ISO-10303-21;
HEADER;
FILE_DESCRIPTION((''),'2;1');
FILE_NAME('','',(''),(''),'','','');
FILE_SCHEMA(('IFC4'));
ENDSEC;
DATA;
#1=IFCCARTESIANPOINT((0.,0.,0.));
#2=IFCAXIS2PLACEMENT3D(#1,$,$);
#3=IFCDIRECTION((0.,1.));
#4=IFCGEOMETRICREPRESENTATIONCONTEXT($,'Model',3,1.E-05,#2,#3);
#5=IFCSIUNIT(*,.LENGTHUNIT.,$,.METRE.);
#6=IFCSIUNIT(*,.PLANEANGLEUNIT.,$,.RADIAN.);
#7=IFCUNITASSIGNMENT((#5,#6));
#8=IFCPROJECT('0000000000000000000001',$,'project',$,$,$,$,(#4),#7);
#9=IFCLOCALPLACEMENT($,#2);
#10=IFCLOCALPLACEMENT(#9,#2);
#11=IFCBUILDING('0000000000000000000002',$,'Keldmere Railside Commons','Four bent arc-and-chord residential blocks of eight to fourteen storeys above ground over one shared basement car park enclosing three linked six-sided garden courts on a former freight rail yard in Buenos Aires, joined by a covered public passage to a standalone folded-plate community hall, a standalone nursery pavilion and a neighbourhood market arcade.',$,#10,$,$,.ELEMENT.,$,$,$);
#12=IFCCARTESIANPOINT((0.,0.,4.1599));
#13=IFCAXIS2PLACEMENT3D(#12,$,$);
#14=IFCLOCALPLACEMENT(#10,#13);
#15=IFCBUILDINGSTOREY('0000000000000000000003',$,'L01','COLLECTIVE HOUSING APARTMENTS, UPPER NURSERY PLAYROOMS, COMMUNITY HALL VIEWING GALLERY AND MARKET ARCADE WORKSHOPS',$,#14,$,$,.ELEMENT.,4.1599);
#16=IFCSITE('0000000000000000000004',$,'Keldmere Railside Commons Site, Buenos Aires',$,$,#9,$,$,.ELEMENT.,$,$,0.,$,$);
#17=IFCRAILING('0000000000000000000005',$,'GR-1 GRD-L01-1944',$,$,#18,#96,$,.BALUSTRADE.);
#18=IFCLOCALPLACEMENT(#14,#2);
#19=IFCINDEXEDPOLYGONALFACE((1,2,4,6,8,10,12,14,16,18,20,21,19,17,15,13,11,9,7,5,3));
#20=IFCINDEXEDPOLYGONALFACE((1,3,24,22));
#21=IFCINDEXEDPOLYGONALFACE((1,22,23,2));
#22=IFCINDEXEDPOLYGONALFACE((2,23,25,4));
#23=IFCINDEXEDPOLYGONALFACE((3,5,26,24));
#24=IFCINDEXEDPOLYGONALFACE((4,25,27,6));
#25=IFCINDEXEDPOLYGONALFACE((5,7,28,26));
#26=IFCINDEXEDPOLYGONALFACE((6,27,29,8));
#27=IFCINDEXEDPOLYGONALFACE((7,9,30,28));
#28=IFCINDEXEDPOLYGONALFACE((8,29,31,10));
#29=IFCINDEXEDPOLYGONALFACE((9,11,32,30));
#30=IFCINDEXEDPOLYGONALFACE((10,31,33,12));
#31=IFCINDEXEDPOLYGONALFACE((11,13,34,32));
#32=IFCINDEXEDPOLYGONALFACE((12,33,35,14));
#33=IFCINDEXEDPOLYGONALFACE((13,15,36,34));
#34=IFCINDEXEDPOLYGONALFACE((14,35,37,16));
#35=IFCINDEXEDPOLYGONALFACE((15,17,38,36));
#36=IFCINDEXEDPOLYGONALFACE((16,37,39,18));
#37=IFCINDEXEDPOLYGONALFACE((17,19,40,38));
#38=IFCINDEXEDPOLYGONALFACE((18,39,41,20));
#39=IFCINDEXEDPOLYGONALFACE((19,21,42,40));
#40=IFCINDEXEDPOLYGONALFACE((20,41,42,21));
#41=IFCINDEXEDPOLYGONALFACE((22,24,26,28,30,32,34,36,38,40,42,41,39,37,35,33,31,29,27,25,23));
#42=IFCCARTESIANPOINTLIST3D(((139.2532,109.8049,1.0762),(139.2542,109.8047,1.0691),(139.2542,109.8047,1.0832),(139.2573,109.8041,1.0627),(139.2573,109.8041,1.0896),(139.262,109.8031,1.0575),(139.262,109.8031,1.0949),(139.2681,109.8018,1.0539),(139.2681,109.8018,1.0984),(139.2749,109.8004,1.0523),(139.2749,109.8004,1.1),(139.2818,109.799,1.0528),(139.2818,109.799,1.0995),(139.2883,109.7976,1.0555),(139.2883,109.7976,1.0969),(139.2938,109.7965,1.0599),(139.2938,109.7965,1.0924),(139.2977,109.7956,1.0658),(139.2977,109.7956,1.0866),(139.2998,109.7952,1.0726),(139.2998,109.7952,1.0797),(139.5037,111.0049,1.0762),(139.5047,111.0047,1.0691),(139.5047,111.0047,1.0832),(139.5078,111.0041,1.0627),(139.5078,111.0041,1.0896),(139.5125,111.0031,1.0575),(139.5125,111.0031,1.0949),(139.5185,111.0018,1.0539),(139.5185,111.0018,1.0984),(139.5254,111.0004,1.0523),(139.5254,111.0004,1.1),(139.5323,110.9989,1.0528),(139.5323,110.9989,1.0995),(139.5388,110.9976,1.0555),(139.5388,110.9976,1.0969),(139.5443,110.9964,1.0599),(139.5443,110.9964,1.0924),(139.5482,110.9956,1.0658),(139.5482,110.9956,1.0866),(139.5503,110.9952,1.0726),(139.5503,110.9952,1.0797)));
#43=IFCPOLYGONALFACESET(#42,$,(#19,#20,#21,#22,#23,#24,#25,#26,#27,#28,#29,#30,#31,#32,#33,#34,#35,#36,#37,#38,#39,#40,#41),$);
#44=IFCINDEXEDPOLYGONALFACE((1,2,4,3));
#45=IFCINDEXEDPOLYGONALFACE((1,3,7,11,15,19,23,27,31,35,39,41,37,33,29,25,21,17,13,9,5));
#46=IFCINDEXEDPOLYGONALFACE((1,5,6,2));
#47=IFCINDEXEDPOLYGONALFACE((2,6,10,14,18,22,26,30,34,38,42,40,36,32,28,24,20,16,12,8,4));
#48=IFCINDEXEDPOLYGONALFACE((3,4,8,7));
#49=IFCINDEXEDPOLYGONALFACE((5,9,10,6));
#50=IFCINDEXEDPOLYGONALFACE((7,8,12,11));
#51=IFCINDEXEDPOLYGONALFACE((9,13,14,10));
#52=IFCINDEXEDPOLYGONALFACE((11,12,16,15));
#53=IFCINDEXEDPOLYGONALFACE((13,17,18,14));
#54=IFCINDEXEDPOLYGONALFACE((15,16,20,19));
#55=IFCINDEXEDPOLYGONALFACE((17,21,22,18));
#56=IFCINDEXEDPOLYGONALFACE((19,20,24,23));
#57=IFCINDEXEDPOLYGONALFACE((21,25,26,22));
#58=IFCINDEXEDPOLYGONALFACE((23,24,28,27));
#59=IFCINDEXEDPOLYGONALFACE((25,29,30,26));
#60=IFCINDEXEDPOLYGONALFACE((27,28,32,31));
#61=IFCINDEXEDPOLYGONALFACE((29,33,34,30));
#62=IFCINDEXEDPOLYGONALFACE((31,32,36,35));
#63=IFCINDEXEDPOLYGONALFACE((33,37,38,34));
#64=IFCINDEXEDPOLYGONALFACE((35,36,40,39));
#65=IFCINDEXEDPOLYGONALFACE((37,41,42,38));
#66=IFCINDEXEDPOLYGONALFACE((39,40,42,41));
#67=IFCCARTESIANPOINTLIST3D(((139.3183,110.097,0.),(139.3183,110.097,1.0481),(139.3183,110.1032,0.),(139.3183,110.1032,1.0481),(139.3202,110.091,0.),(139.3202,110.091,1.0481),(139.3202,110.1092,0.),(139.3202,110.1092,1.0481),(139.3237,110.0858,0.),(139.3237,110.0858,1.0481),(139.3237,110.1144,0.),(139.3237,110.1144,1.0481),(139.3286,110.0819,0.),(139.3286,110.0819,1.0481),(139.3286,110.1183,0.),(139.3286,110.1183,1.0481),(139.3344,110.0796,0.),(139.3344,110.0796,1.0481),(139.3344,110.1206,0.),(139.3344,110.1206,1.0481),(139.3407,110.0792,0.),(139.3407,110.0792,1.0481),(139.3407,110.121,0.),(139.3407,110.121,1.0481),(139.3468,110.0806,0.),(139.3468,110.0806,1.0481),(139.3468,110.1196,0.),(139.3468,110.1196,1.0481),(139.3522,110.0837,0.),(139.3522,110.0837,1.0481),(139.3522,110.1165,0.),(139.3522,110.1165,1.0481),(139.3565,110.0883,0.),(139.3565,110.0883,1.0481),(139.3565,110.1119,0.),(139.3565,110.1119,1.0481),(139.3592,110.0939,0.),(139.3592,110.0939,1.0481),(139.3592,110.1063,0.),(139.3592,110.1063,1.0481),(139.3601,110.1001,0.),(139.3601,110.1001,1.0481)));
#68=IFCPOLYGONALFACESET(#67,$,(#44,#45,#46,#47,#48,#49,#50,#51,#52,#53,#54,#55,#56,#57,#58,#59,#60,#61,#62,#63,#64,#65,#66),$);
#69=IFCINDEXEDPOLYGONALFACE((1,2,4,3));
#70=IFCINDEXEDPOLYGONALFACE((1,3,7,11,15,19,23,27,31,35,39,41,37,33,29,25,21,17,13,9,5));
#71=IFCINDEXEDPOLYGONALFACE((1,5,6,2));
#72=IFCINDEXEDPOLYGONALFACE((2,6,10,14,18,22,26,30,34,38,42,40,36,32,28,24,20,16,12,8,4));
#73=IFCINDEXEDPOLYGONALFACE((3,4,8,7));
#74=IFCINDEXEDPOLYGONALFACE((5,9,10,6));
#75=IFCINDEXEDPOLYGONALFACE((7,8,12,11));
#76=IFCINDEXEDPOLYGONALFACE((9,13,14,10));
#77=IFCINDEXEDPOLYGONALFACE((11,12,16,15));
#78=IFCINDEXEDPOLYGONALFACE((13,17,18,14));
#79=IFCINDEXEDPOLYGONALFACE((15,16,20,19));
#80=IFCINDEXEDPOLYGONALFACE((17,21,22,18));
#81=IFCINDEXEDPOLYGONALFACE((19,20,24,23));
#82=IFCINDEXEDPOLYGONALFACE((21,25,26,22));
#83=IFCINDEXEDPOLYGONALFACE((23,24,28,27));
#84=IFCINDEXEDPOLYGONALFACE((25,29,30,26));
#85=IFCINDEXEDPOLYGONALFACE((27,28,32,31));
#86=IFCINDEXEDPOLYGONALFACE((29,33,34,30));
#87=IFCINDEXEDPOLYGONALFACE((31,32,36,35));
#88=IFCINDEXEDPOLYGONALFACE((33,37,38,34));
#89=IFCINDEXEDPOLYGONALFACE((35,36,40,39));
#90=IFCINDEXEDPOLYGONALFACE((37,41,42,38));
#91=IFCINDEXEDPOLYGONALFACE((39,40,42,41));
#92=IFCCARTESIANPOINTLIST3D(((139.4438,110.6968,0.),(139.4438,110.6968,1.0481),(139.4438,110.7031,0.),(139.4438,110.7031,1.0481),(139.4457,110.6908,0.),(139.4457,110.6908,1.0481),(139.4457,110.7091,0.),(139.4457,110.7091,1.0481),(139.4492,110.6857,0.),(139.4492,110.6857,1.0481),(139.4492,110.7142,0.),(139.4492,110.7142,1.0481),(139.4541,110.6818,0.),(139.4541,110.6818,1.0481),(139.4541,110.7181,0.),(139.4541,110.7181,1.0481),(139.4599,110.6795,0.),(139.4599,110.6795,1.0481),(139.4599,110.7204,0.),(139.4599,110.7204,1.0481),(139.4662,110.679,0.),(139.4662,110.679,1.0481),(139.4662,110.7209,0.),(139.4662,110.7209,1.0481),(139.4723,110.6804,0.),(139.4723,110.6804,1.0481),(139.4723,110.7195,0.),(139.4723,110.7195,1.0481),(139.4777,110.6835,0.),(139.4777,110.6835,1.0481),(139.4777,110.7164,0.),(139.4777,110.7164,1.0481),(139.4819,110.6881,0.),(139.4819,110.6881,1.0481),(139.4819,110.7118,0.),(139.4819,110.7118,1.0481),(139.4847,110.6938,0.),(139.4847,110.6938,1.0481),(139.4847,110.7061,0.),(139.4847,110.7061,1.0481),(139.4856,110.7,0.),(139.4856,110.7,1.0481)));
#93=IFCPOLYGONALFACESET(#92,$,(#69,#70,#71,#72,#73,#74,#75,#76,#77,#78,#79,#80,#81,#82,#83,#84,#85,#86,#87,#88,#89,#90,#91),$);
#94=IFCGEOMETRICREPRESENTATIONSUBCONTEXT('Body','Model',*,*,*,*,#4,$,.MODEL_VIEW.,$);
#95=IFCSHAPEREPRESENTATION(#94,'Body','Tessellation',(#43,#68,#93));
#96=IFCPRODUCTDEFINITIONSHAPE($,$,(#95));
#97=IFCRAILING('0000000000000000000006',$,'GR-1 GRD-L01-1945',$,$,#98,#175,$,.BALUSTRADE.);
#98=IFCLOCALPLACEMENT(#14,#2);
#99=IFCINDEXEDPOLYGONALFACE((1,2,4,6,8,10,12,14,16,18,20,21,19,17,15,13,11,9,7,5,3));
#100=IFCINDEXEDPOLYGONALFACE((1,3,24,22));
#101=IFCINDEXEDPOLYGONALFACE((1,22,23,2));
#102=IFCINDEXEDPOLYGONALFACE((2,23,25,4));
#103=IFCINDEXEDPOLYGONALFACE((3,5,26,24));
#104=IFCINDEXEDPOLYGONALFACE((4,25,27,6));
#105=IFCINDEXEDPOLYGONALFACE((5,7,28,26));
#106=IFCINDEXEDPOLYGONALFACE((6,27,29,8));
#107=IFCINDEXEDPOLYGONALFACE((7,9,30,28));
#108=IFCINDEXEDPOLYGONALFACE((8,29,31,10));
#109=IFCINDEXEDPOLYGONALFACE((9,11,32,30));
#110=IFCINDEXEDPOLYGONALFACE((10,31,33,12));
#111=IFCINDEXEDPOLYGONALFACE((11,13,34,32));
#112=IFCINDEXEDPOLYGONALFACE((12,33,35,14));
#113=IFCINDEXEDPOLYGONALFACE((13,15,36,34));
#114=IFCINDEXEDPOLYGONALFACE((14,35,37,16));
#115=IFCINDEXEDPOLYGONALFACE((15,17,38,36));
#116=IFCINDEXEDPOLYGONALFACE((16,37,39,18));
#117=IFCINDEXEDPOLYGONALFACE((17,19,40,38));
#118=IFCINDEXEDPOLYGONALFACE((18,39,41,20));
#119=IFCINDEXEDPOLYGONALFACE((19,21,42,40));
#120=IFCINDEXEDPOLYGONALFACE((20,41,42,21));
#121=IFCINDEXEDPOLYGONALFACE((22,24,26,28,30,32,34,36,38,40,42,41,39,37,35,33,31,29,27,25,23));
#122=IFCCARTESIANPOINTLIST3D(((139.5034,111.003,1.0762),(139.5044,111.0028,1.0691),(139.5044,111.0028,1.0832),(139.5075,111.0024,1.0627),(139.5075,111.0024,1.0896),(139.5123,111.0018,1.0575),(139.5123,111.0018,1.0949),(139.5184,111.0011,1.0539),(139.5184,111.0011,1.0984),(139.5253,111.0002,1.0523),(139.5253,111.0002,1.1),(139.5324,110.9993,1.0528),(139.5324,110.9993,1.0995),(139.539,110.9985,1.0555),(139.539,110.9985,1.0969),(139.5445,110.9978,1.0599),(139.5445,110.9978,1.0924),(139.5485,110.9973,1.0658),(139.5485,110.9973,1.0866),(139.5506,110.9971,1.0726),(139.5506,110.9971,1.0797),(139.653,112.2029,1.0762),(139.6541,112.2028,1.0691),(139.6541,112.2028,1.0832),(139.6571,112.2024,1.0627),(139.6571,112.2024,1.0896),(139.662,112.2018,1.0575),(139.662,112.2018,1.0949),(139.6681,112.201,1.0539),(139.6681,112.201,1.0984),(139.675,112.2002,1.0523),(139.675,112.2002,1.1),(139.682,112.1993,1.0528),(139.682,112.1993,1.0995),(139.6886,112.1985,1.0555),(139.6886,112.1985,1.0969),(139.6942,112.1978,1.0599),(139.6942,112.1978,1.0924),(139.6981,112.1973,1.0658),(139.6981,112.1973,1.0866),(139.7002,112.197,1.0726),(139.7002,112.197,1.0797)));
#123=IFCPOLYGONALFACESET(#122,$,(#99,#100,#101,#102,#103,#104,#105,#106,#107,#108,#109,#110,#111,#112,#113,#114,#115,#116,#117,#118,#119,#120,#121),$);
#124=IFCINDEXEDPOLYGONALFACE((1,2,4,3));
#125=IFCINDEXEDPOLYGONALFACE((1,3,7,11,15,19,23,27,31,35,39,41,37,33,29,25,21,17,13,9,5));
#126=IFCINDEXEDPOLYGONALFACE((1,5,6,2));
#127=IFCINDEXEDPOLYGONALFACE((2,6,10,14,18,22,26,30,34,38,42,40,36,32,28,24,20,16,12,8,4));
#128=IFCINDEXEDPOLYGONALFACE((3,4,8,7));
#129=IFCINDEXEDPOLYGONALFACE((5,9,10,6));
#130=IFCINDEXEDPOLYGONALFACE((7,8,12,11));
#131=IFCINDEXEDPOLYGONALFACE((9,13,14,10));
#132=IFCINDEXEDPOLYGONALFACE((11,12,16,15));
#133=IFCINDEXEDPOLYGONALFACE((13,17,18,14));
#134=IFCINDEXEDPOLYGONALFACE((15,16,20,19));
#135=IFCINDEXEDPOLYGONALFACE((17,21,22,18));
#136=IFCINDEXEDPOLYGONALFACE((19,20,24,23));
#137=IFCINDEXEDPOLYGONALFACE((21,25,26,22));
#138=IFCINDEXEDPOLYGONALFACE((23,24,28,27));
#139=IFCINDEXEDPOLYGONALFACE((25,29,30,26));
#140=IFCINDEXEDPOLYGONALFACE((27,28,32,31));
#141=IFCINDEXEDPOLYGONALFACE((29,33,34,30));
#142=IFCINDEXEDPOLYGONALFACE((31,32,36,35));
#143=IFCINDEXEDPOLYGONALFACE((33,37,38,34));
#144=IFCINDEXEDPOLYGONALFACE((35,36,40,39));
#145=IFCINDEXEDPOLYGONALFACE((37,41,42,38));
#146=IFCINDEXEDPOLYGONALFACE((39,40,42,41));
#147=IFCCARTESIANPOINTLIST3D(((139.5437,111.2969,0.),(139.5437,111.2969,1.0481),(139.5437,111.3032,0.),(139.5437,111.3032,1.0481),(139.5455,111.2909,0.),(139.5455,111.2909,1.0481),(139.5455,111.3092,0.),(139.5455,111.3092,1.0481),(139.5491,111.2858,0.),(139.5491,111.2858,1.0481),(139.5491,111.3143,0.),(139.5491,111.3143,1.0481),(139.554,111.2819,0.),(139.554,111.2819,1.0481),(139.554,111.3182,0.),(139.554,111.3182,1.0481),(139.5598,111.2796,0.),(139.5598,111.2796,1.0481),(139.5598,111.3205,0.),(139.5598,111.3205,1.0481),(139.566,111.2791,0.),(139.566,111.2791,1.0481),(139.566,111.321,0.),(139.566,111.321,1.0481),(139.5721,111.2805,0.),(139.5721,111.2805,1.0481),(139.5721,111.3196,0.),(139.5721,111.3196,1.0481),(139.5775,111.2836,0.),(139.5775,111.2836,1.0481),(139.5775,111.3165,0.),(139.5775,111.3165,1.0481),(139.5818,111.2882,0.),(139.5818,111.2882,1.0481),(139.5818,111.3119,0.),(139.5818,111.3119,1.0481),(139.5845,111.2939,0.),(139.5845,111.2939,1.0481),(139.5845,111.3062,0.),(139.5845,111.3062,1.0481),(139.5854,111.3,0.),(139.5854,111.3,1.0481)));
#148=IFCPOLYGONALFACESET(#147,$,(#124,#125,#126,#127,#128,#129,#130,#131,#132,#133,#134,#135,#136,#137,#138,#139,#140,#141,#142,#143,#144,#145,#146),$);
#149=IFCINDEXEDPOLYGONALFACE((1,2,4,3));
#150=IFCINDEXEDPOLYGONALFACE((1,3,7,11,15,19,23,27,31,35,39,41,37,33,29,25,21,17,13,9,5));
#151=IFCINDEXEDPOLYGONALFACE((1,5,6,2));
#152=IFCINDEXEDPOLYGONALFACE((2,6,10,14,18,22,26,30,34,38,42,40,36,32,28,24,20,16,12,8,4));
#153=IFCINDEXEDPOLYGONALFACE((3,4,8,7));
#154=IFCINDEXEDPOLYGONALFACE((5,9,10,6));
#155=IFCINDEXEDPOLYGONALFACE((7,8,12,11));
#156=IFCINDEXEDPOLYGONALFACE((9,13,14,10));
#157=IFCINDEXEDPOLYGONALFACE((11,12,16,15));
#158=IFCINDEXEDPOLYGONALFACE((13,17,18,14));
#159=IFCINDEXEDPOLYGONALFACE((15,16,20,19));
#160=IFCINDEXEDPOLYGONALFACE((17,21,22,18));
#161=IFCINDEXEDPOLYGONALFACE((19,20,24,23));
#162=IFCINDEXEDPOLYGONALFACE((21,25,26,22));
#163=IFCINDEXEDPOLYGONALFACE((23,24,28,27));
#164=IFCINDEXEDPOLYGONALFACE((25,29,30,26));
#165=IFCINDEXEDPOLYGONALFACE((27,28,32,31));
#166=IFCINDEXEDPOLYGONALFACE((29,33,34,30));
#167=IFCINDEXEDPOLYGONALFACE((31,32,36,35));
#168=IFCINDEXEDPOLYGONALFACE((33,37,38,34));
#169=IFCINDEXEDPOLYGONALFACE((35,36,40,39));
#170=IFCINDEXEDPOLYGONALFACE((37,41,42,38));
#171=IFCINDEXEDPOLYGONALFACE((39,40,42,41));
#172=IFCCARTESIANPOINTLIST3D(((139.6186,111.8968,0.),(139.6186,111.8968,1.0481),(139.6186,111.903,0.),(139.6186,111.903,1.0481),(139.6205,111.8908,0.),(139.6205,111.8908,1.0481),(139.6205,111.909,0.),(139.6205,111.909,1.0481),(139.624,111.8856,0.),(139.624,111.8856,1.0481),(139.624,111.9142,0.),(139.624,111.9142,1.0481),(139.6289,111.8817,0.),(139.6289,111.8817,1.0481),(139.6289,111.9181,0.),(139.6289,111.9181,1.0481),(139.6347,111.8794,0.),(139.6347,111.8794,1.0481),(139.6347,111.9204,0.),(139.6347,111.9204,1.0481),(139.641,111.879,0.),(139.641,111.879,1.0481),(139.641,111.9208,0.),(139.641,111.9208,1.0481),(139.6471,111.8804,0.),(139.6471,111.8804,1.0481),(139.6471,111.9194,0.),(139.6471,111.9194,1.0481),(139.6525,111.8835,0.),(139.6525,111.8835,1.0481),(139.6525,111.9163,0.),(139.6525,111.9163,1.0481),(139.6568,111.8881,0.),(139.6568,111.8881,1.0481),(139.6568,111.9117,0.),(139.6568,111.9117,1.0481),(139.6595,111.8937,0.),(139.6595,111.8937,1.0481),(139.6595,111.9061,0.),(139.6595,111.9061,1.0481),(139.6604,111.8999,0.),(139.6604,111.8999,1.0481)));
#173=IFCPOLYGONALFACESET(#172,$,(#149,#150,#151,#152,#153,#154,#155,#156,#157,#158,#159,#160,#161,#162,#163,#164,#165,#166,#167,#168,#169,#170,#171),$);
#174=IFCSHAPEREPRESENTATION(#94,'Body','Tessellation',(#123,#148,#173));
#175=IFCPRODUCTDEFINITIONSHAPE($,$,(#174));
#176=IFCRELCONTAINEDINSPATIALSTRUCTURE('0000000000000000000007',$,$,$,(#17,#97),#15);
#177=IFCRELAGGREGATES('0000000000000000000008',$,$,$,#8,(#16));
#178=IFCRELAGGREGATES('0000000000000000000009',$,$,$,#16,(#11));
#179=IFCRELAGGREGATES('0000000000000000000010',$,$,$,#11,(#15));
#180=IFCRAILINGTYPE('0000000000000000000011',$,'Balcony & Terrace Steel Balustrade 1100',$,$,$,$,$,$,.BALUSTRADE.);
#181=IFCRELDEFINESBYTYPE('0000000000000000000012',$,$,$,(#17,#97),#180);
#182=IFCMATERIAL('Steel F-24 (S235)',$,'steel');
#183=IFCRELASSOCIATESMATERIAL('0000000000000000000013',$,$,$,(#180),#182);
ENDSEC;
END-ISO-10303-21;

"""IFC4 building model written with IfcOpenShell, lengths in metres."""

from ifc_helpers import new_model, si_unit, direction, frame, origin, origin_2d, place, context, subcontext, project, spatial, circle, extrude, material, type_object, element, save


model = new_model("IFC4")

# Units and contexts
model_context = context("Model", 3, precision=1e-05, world=origin(), true_north=direction((0.0, 1.0)))
body_context = subcontext(model_context, "Body", "Model", "MODEL_VIEW")
ifc_project = project(units=[si_unit("LENGTHUNIT", "METRE"), si_unit("PLANEANGLEUNIT", "RADIAN")], contexts=[model_context])

# Site, building, storey
site_placement = place(None, origin())
site = spatial("IfcSite", under=ifc_project, at=site_placement, Name="Keldmere Railside Commons Site, Buenos Aires", CompositionType="ELEMENT", RefElevation=0.0)
building_placement = place(site_placement, origin())
building = spatial("IfcBuilding", under=site, at=building_placement, Name="Keldmere Railside Commons", Description="Four bent arc-and-chord residential blocks of eight to fourteen storeys above ground over one shared basement car park enclosing three linked six-sided garden courts on a former freight rail yard in Buenos Aires, joined by a covered public passage to a standalone folded-plate community hall, a standalone nursery pavilion and a neighbourhood market arcade.", CompositionType="ELEMENT")
storey_placement = place(building_placement, frame((0.0, 0.0, 4.1599)))
storey = spatial("IfcBuildingStorey", under=building, at=storey_placement, Name="L01", Description="COLLECTIVE HOUSING APARTMENTS, UPPER NURSERY PLAYROOMS, COMMUNITY HALL VIEWING GALLERY AND MARKET ARCADE WORKSHOPS", CompositionType="ELEMENT", Elevation=4.1599)

# Railings
ifc_material_1 = material(Name="Steel F-24 (S235)", Category="steel")
railing_type = type_object("IfcRailingType", Name="Balcony & Terrace Steel Balustrade 1100", PredefinedType="BALUSTRADE", material=ifc_material_1)
railing_1_placement = place(storey_placement, frame((139.2766, 109.8, 0.0)))
element("IfcRailing", 1, at=railing_1_placement, inside=storey, type_object=railing_type, Name="GR-1 GRD-L01-1944", PredefinedType="BALUSTRADE", context=body_context, shape_type="SweptSolid", body=[
    extrude(circle(Radius=0.0239, at=origin_2d()), frame((0.0, 0.0, 1.0762), z_axis=(0.204344, 0.978899, 0.0), x_axis=(-0.978899, 0.204344, 0.0)), (0.0, 0.0, 1.0), 1.2258),
    extrude(circle(Radius=0.021, at=origin_2d()), frame((0.0625, 0.3, 0.0)), (0.0, 0.0, 1.0), 1.0481),
    extrude(circle(Radius=0.021, at=origin_2d()), frame((0.188, 0.8999, 0.0)), (0.0, 0.0, 1.0), 1.0481),
])
railing_2_placement = place(storey_placement, frame((139.5271, 111.0, 0.0)))
element("IfcRailing", 2, at=railing_2_placement, inside=storey, type_object=railing_type, Name="GR-1 GRD-L01-1945", PredefinedType="BALUSTRADE", context=body_context, shape_type="SweptSolid", body=[
    extrude(circle(Radius=0.0239, at=origin_2d()), frame((0.0, 0.0, 1.0762), z_axis=(0.123761, 0.992312, 0.0), x_axis=(-0.992312, 0.123761, 0.0)), (0.0, 0.0, 1.0), 1.2092),
    extrude(circle(Radius=0.021, at=origin_2d()), frame((0.0374, 0.3, 0.0)), (0.0, 0.0, 1.0), 1.0481),
    extrude(circle(Radius=0.021, at=origin_2d()), frame((0.1123, 0.8999, 0.0)), (0.0, 0.0, 1.0), 1.0481),
])

save(model, "model.ifc")
